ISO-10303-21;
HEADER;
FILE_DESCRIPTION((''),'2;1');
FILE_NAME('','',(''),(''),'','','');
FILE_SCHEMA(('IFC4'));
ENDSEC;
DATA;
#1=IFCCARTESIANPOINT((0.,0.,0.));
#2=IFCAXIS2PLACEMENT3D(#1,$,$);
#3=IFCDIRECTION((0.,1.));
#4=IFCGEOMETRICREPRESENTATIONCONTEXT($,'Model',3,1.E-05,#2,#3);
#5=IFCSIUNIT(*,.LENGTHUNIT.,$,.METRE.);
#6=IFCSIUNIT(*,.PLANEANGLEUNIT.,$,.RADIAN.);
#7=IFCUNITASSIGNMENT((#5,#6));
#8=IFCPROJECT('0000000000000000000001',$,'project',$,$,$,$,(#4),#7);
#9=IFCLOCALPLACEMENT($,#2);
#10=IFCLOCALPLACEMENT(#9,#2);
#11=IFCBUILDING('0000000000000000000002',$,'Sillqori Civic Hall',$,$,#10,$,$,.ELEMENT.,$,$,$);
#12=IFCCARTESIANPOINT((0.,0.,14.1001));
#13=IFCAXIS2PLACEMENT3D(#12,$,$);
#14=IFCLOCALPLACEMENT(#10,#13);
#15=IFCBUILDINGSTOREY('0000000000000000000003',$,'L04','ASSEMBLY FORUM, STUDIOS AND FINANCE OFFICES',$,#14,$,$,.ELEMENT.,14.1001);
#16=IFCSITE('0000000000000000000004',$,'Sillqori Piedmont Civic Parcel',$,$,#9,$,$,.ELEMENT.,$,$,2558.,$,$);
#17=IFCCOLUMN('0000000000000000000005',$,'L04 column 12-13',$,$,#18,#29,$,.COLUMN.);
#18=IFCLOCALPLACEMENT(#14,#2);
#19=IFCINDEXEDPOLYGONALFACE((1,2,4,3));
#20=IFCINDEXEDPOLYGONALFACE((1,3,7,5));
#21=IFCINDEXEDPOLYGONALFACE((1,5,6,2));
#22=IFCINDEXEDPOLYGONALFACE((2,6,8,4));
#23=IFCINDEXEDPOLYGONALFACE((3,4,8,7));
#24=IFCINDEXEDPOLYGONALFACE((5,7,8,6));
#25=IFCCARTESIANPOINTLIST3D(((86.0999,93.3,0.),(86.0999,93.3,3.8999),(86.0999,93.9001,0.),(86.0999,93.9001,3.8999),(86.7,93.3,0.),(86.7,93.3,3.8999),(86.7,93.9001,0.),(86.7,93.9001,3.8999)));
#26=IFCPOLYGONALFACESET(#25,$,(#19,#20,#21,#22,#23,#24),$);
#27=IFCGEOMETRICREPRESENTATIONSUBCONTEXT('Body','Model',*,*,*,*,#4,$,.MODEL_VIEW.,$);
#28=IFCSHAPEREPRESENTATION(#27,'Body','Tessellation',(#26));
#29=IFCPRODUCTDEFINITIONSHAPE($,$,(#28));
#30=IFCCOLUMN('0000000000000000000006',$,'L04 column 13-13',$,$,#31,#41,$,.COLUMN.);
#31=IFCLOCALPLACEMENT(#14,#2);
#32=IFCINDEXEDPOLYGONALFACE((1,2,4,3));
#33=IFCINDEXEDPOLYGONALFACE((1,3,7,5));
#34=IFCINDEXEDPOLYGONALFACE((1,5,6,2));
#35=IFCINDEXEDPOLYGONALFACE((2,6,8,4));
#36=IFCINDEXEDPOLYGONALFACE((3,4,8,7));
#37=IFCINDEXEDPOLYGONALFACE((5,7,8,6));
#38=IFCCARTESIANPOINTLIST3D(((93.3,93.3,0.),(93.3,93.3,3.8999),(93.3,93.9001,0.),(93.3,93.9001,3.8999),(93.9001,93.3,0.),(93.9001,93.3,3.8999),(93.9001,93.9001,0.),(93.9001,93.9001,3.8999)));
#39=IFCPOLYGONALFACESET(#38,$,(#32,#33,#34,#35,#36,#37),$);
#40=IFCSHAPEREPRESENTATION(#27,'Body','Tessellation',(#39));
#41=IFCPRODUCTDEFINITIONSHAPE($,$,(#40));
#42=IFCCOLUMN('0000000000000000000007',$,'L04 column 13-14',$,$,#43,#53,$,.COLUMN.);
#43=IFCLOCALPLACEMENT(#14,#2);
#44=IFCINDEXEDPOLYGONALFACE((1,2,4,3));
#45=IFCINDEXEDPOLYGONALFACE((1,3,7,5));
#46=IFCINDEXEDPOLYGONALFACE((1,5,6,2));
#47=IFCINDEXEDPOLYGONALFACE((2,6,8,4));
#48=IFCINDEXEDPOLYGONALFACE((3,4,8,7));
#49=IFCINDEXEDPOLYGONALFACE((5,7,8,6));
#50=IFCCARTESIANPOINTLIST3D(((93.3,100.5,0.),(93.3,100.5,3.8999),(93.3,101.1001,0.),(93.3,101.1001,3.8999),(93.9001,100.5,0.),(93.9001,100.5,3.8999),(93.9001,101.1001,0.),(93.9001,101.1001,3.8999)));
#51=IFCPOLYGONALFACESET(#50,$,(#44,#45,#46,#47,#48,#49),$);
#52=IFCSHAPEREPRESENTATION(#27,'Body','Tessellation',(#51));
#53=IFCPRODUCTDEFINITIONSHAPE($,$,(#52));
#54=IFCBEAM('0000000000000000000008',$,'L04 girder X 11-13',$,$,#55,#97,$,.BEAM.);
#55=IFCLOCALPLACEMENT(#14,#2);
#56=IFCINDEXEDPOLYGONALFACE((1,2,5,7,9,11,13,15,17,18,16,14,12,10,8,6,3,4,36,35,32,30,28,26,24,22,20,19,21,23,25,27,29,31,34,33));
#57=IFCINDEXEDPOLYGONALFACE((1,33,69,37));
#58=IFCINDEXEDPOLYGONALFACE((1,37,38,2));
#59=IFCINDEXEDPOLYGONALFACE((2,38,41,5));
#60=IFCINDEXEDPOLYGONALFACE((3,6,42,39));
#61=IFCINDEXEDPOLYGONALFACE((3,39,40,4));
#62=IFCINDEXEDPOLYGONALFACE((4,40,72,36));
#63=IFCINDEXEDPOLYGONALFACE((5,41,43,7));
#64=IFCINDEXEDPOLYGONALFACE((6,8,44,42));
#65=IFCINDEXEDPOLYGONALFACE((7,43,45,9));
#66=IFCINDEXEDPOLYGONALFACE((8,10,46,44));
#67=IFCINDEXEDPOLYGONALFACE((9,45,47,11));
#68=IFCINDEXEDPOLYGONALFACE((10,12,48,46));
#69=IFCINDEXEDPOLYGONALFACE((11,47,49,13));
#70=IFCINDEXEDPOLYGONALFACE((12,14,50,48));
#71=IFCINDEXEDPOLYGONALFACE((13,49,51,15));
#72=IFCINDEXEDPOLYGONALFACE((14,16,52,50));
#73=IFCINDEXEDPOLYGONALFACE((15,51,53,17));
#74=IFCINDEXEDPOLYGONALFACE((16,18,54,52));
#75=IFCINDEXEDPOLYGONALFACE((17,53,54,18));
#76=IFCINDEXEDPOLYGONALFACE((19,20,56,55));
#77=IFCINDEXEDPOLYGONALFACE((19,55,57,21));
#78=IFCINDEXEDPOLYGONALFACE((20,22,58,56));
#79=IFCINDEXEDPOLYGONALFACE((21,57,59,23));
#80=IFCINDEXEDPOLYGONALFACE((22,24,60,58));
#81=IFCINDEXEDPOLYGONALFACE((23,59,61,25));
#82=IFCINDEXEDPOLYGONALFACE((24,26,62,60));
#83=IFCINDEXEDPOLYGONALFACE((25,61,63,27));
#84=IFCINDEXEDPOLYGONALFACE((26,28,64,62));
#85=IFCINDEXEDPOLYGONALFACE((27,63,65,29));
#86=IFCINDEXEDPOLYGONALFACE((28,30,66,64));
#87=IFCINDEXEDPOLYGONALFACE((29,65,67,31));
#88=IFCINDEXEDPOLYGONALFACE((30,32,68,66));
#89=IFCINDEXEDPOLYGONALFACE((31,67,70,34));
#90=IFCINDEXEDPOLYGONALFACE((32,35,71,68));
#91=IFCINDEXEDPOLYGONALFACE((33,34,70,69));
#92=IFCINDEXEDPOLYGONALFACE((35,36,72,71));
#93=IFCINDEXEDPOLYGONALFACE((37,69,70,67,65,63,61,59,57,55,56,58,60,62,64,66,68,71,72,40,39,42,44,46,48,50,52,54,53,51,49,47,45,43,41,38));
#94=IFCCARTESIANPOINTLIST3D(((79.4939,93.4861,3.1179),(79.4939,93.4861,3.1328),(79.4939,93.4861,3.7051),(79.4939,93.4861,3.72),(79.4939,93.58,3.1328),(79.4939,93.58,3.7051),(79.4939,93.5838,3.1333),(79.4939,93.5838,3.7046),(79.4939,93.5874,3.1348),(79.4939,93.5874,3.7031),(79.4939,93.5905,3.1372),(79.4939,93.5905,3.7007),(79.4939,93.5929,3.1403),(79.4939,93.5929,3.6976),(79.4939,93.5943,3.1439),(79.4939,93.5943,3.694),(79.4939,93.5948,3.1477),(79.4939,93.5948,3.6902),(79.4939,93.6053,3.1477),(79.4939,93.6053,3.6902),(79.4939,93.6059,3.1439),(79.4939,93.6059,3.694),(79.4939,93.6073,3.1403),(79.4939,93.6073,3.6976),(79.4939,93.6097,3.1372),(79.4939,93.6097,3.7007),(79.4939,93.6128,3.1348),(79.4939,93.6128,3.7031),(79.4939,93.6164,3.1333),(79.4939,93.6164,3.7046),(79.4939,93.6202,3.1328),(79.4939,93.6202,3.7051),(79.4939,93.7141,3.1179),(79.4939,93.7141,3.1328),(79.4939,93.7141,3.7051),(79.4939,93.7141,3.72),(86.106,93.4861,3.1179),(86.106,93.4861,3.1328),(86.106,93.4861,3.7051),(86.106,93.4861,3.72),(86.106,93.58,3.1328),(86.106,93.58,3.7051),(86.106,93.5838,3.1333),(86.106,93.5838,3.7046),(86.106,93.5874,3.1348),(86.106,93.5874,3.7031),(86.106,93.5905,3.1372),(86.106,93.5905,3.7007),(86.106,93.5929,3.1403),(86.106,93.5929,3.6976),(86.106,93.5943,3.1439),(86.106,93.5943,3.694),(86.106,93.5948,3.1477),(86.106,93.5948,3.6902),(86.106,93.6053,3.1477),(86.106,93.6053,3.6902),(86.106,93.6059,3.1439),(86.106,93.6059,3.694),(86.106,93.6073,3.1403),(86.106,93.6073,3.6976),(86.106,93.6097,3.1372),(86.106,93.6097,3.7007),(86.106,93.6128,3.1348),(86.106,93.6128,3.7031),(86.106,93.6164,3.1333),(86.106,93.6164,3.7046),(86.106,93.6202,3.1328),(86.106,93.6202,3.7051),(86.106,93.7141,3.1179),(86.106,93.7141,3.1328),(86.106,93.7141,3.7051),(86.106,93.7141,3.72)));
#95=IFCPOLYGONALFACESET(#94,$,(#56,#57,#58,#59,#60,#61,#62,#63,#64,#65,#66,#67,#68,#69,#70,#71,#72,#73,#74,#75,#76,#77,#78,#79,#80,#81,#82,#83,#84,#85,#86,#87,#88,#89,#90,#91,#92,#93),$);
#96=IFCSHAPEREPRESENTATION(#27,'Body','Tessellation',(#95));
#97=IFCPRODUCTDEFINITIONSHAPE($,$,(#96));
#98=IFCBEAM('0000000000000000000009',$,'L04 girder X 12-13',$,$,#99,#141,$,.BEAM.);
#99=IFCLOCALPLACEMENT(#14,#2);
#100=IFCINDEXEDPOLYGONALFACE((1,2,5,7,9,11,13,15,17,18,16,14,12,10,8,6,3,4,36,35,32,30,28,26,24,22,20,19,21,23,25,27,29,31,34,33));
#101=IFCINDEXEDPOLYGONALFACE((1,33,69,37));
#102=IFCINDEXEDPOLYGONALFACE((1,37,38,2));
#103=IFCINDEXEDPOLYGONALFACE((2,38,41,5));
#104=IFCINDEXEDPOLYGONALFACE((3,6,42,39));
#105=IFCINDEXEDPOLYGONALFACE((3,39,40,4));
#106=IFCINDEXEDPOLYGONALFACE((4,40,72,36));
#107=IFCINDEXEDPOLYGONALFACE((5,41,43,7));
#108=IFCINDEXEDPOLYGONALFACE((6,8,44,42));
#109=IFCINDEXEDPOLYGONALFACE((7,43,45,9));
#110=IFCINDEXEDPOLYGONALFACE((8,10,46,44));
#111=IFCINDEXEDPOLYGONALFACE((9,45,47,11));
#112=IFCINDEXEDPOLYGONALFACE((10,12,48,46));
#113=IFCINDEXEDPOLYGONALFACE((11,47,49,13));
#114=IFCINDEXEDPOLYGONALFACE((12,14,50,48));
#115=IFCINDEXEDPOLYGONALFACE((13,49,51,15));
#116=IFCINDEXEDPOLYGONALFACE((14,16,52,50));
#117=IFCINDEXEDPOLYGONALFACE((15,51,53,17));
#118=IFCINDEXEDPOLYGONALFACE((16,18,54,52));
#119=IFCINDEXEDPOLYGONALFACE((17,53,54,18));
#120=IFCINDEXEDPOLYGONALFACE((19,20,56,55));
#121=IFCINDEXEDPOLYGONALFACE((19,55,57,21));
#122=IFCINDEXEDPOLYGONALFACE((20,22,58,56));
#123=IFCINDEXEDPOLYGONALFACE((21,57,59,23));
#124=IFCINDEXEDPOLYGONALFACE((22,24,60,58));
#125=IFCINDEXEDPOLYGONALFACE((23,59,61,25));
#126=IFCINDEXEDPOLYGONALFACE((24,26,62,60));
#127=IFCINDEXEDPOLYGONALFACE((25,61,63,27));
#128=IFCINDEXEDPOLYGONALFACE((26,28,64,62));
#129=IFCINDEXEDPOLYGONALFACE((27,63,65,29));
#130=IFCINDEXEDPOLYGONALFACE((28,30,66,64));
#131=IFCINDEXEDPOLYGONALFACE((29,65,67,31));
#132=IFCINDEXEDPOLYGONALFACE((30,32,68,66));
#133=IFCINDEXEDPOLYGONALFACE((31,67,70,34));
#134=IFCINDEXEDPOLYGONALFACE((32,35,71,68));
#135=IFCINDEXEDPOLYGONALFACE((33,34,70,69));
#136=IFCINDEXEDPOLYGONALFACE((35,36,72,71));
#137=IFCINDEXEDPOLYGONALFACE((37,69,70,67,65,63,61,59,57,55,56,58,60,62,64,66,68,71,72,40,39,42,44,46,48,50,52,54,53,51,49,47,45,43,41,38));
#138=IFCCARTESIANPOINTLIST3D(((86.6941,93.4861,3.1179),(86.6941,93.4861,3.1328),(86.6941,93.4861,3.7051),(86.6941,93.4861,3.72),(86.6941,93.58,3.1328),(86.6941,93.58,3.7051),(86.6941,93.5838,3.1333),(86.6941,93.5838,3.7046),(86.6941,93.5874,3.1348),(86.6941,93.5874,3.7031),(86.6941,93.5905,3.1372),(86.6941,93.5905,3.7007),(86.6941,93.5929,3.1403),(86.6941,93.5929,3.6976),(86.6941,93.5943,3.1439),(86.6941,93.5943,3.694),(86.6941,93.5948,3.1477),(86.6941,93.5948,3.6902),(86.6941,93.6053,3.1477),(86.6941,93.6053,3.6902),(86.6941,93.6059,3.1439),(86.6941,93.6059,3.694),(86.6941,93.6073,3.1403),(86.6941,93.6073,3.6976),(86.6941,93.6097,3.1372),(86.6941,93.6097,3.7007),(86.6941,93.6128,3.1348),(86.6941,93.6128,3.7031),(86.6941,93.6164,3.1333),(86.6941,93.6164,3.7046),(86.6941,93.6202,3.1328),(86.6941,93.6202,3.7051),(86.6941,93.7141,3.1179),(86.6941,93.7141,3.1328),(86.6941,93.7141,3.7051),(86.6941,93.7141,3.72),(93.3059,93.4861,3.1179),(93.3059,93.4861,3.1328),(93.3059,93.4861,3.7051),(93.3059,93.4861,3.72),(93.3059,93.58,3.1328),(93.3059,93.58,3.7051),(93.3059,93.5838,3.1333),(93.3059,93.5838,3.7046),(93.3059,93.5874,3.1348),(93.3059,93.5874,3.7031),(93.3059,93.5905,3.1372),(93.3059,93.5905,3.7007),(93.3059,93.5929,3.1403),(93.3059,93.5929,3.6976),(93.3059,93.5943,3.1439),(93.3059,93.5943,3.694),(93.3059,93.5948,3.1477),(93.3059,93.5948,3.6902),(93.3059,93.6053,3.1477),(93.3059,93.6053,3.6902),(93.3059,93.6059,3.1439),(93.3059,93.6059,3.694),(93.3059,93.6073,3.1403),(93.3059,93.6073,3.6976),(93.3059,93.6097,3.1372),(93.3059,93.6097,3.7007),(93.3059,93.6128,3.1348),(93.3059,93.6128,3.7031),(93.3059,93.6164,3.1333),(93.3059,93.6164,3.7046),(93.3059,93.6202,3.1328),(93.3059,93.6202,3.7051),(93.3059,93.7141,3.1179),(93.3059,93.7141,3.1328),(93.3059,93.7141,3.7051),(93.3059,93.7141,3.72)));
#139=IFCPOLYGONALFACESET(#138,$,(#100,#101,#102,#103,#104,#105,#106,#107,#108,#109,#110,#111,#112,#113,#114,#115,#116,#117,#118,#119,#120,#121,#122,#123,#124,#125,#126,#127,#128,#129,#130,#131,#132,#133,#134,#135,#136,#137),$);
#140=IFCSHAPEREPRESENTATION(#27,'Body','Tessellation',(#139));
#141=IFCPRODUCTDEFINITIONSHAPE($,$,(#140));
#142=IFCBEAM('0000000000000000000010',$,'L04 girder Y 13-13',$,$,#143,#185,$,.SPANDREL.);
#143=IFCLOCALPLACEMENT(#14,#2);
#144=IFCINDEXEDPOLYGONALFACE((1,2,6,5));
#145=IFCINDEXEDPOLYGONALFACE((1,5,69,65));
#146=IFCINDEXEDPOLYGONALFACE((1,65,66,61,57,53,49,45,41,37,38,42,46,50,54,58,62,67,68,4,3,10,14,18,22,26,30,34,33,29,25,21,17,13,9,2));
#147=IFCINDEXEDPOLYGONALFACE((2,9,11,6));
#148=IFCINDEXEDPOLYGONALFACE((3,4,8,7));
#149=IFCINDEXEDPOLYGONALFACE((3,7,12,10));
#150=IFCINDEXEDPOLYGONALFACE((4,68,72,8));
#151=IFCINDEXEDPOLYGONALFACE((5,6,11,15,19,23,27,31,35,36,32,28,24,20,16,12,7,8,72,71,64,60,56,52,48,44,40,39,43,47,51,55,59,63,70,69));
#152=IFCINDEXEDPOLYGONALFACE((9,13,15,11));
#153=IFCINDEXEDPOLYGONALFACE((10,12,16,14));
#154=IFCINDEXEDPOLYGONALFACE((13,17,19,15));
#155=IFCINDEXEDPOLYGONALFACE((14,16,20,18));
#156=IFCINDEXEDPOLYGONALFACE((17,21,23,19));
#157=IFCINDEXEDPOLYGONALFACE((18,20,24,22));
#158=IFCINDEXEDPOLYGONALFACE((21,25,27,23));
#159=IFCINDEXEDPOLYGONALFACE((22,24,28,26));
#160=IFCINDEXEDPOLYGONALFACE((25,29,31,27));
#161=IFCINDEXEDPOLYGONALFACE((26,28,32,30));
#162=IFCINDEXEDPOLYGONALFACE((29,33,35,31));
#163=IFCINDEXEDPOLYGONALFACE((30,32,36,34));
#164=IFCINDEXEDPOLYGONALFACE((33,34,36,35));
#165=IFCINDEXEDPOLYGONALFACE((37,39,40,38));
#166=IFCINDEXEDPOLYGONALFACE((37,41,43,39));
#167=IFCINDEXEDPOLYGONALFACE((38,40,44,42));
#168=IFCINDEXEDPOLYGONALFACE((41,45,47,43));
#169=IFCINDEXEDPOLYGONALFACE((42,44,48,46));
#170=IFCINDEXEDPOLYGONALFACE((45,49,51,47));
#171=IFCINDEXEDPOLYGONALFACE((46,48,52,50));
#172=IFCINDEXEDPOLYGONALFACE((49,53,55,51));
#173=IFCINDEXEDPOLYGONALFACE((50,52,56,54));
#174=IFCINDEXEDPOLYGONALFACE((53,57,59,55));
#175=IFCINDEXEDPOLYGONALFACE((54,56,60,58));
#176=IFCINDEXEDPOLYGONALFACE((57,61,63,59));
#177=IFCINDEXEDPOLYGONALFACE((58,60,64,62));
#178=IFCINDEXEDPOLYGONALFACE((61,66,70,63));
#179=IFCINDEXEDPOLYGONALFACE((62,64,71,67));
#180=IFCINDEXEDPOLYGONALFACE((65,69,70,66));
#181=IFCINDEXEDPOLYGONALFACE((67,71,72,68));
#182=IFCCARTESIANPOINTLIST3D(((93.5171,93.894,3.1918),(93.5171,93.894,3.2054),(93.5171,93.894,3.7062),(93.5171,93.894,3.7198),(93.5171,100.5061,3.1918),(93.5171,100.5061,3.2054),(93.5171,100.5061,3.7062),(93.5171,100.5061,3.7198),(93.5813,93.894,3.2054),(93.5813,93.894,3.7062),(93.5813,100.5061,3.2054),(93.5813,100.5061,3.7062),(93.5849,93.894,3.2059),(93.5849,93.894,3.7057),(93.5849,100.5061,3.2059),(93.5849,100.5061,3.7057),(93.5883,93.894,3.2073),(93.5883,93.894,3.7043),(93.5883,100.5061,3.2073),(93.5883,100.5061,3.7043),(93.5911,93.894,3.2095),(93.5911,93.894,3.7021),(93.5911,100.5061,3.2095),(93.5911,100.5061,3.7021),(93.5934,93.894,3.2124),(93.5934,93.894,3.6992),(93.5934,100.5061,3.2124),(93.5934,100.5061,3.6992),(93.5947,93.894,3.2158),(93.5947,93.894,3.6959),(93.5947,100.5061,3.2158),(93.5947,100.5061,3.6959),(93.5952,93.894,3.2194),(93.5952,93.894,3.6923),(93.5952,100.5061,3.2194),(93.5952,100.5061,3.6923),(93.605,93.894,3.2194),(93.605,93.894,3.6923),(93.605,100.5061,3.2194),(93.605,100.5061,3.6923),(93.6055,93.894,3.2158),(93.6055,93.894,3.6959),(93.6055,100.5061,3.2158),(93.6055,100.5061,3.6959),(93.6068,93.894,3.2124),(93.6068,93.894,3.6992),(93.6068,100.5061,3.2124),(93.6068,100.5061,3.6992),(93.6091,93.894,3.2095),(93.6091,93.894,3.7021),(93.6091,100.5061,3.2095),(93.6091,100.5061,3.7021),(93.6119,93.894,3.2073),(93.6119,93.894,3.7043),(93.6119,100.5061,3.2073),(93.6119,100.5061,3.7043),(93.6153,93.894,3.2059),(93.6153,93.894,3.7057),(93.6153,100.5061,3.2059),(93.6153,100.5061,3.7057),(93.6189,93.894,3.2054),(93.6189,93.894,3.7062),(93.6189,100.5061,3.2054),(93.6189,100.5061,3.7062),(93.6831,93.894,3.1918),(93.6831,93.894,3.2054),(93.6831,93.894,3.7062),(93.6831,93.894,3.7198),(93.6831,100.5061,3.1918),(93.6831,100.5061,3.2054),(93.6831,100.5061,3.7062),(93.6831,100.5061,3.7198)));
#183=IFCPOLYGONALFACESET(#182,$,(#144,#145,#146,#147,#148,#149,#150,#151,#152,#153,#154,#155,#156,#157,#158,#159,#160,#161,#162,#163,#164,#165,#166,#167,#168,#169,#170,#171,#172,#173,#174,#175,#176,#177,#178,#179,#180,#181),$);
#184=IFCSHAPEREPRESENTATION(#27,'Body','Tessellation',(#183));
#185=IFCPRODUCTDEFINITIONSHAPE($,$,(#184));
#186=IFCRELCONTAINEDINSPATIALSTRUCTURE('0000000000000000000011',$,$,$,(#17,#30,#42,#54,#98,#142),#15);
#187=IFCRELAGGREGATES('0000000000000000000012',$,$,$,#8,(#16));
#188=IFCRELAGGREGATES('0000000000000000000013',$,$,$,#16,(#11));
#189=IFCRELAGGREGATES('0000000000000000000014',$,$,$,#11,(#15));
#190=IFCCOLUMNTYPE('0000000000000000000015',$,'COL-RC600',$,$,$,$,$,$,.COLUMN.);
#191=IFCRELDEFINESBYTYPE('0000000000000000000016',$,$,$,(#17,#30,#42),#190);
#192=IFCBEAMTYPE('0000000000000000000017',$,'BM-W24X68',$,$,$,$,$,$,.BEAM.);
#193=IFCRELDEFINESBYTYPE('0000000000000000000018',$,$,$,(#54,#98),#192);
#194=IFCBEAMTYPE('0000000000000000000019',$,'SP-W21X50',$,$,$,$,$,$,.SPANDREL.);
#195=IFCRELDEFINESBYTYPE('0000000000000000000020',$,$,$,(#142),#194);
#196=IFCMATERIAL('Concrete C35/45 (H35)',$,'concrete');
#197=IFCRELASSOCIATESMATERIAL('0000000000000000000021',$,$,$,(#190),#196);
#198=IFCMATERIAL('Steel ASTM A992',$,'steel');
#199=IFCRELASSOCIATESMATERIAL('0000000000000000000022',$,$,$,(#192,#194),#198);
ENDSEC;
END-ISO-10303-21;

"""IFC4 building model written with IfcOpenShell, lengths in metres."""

from ifc_helpers import new_model, si_unit, direction, frame, origin, origin_2d, place, context, subcontext, project, spatial, rectangle, i_section, extrude, material, material_profile, profile_set, type_object, element, save


model = new_model("IFC4")

# Units and contexts
model_context = context("Model", 3, precision=1e-05, world=origin(), true_north=direction((0.0, 1.0)))
body_context = subcontext(model_context, "Body", "Model", "MODEL_VIEW")
ifc_project = project(units=[si_unit("LENGTHUNIT", "METRE"), si_unit("PLANEANGLEUNIT", "RADIAN")], contexts=[model_context])

# Site, building, storey
site_placement = place(None, origin())
site = spatial("IfcSite", under=ifc_project, at=site_placement, Name="Sillqori Piedmont Civic Parcel", CompositionType="ELEMENT", RefElevation=2558.0)
building_placement = place(site_placement, origin())
building = spatial("IfcBuilding", under=site, at=building_placement, Name="Sillqori Civic Hall", CompositionType="ELEMENT")
storey_placement = place(building_placement, frame((0.0, 0.0, 14.1001)))
storey = spatial("IfcBuildingStorey", under=building, at=storey_placement, Name="L04", Description="ASSEMBLY FORUM, STUDIOS AND FINANCE OFFICES", CompositionType="ELEMENT", Elevation=14.1001)

# Columns
ifc_material_1 = material(Name="Concrete C35/45 (H35)", Category="concrete")
ifc_material_profile_1 = material_profile(ifc_material_1, rectangle(XDim=0.6001, YDim=0.6001, at=origin_2d()), Name="RC 600x600")
ifc_profile_set_1 = profile_set([ifc_material_profile_1], Name="Concrete C35/45 (H35)")
column_type = type_object("IfcColumnType", Name="COL-RC600", PredefinedType="COLUMN", material=ifc_profile_set_1)
for number, where, z_axis, x_axis, name in (
    (1, (86.3999, 93.6001, 0.0), (0.0, 0.0, 1.0), (1.0, 0.0, 0.0), "L04 column 12-13"),
    (2, (93.6001, 93.6001, 0.0), (0.0, 0.0, 1.0), (1.0, 0.0, 0.0), "L04 column 13-13"),
    (3, (93.6001, 100.8, 0.0), (0.0, 0.0, 1.0), (1.0, 0.0, 0.0), "L04 column 13-14"),
):
    element("IfcColumn", number, at=place(storey_placement, frame(where, z_axis=z_axis, x_axis=x_axis)), inside=storey, type_object=column_type, Name=name, PredefinedType="COLUMN", context=body_context, shape_type="SweptSolid", body=[
        extrude(rectangle(XDim=0.6001, YDim=0.6001, at=origin_2d()), origin(), (0.0, 0.0, 1.0), 3.8999),
    ])

# Beams
ifc_material_2 = material(Name="Steel ASTM A992", Category="steel")
ifc_material_profile_2 = material_profile(ifc_material_2, i_section(OverallWidth=0.228, OverallDepth=0.6021, WebThickness=0.0105, FlangeThickness=0.0149, FilletRadius=0.0149, at=origin_2d()), Name="W24X68")
ifc_profile_set_2 = profile_set([ifc_material_profile_2], Name="Steel ASTM A992")
beam_type_1 = type_object("IfcBeamType", Name="BM-W24X68", PredefinedType="BEAM", material=ifc_profile_set_2)
beam_1_placement = place(storey_placement, frame((79.4939, 93.6001, 3.4189), z_axis=(1.0, 0.0, 0.0), x_axis=(0.0, 1.0, 0.0)))
element("IfcBeam", 4, at=beam_1_placement, inside=storey, type_object=beam_type_1, Name="L04 girder X 11-13", PredefinedType="BEAM", context=body_context, shape_type="SweptSolid", body=[
    extrude(i_section(OverallWidth=0.228, OverallDepth=0.6021, WebThickness=0.0105, FlangeThickness=0.0149, FilletRadius=0.0149, at=origin_2d()), origin(), (0.0, 0.0, 1.0), 6.6121),
])
beam_2_placement = place(storey_placement, frame((86.6941, 93.6001, 3.4189), z_axis=(1.0, 0.0, 0.0), x_axis=(0.0, 1.0, 0.0)))
element("IfcBeam", 5, at=beam_2_placement, inside=storey, type_object=beam_type_1, Name="L04 girder X 12-13", PredefinedType="BEAM", context=body_context, shape_type="SweptSolid", body=[
    extrude(i_section(OverallWidth=0.228, OverallDepth=0.6021, WebThickness=0.0105, FlangeThickness=0.0149, FilletRadius=0.0149, at=origin_2d()), origin(), (0.0, 0.0, 1.0), 6.6118),
])

# Beam
ifc_material_profile_3 = material_profile(ifc_material_2, i_section(OverallWidth=0.166, OverallDepth=0.5281, WebThickness=0.0098, FlangeThickness=0.0137, FilletRadius=0.0139, at=origin_2d()), Name="W21X50")
ifc_profile_set_3 = profile_set([ifc_material_profile_3], Name="Steel ASTM A992")
beam_type_2 = type_object("IfcBeamType", Name="SP-W21X50", PredefinedType="SPANDREL", material=ifc_profile_set_3)
for number, where, z_axis, x_axis, name in (
    (6, (93.6001, 93.894, 3.4558), (0.0, 1.0, 0.0), (-1.0, 0.0, 0.0), "L04 girder Y 13-13"),
):
    element("IfcBeam", number, at=place(storey_placement, frame(where, z_axis=z_axis, x_axis=x_axis)), inside=storey, type_object=beam_type_2, Name=name, PredefinedType="SPANDREL", context=body_context, shape_type="SweptSolid", body=[
        extrude(i_section(OverallWidth=0.166, OverallDepth=0.5281, WebThickness=0.0098, FlangeThickness=0.0137, FilletRadius=0.0139, at=origin_2d()), origin(), (0.0, 0.0, 1.0), 6.6121),
    ])

save(model, "model.ifc")
